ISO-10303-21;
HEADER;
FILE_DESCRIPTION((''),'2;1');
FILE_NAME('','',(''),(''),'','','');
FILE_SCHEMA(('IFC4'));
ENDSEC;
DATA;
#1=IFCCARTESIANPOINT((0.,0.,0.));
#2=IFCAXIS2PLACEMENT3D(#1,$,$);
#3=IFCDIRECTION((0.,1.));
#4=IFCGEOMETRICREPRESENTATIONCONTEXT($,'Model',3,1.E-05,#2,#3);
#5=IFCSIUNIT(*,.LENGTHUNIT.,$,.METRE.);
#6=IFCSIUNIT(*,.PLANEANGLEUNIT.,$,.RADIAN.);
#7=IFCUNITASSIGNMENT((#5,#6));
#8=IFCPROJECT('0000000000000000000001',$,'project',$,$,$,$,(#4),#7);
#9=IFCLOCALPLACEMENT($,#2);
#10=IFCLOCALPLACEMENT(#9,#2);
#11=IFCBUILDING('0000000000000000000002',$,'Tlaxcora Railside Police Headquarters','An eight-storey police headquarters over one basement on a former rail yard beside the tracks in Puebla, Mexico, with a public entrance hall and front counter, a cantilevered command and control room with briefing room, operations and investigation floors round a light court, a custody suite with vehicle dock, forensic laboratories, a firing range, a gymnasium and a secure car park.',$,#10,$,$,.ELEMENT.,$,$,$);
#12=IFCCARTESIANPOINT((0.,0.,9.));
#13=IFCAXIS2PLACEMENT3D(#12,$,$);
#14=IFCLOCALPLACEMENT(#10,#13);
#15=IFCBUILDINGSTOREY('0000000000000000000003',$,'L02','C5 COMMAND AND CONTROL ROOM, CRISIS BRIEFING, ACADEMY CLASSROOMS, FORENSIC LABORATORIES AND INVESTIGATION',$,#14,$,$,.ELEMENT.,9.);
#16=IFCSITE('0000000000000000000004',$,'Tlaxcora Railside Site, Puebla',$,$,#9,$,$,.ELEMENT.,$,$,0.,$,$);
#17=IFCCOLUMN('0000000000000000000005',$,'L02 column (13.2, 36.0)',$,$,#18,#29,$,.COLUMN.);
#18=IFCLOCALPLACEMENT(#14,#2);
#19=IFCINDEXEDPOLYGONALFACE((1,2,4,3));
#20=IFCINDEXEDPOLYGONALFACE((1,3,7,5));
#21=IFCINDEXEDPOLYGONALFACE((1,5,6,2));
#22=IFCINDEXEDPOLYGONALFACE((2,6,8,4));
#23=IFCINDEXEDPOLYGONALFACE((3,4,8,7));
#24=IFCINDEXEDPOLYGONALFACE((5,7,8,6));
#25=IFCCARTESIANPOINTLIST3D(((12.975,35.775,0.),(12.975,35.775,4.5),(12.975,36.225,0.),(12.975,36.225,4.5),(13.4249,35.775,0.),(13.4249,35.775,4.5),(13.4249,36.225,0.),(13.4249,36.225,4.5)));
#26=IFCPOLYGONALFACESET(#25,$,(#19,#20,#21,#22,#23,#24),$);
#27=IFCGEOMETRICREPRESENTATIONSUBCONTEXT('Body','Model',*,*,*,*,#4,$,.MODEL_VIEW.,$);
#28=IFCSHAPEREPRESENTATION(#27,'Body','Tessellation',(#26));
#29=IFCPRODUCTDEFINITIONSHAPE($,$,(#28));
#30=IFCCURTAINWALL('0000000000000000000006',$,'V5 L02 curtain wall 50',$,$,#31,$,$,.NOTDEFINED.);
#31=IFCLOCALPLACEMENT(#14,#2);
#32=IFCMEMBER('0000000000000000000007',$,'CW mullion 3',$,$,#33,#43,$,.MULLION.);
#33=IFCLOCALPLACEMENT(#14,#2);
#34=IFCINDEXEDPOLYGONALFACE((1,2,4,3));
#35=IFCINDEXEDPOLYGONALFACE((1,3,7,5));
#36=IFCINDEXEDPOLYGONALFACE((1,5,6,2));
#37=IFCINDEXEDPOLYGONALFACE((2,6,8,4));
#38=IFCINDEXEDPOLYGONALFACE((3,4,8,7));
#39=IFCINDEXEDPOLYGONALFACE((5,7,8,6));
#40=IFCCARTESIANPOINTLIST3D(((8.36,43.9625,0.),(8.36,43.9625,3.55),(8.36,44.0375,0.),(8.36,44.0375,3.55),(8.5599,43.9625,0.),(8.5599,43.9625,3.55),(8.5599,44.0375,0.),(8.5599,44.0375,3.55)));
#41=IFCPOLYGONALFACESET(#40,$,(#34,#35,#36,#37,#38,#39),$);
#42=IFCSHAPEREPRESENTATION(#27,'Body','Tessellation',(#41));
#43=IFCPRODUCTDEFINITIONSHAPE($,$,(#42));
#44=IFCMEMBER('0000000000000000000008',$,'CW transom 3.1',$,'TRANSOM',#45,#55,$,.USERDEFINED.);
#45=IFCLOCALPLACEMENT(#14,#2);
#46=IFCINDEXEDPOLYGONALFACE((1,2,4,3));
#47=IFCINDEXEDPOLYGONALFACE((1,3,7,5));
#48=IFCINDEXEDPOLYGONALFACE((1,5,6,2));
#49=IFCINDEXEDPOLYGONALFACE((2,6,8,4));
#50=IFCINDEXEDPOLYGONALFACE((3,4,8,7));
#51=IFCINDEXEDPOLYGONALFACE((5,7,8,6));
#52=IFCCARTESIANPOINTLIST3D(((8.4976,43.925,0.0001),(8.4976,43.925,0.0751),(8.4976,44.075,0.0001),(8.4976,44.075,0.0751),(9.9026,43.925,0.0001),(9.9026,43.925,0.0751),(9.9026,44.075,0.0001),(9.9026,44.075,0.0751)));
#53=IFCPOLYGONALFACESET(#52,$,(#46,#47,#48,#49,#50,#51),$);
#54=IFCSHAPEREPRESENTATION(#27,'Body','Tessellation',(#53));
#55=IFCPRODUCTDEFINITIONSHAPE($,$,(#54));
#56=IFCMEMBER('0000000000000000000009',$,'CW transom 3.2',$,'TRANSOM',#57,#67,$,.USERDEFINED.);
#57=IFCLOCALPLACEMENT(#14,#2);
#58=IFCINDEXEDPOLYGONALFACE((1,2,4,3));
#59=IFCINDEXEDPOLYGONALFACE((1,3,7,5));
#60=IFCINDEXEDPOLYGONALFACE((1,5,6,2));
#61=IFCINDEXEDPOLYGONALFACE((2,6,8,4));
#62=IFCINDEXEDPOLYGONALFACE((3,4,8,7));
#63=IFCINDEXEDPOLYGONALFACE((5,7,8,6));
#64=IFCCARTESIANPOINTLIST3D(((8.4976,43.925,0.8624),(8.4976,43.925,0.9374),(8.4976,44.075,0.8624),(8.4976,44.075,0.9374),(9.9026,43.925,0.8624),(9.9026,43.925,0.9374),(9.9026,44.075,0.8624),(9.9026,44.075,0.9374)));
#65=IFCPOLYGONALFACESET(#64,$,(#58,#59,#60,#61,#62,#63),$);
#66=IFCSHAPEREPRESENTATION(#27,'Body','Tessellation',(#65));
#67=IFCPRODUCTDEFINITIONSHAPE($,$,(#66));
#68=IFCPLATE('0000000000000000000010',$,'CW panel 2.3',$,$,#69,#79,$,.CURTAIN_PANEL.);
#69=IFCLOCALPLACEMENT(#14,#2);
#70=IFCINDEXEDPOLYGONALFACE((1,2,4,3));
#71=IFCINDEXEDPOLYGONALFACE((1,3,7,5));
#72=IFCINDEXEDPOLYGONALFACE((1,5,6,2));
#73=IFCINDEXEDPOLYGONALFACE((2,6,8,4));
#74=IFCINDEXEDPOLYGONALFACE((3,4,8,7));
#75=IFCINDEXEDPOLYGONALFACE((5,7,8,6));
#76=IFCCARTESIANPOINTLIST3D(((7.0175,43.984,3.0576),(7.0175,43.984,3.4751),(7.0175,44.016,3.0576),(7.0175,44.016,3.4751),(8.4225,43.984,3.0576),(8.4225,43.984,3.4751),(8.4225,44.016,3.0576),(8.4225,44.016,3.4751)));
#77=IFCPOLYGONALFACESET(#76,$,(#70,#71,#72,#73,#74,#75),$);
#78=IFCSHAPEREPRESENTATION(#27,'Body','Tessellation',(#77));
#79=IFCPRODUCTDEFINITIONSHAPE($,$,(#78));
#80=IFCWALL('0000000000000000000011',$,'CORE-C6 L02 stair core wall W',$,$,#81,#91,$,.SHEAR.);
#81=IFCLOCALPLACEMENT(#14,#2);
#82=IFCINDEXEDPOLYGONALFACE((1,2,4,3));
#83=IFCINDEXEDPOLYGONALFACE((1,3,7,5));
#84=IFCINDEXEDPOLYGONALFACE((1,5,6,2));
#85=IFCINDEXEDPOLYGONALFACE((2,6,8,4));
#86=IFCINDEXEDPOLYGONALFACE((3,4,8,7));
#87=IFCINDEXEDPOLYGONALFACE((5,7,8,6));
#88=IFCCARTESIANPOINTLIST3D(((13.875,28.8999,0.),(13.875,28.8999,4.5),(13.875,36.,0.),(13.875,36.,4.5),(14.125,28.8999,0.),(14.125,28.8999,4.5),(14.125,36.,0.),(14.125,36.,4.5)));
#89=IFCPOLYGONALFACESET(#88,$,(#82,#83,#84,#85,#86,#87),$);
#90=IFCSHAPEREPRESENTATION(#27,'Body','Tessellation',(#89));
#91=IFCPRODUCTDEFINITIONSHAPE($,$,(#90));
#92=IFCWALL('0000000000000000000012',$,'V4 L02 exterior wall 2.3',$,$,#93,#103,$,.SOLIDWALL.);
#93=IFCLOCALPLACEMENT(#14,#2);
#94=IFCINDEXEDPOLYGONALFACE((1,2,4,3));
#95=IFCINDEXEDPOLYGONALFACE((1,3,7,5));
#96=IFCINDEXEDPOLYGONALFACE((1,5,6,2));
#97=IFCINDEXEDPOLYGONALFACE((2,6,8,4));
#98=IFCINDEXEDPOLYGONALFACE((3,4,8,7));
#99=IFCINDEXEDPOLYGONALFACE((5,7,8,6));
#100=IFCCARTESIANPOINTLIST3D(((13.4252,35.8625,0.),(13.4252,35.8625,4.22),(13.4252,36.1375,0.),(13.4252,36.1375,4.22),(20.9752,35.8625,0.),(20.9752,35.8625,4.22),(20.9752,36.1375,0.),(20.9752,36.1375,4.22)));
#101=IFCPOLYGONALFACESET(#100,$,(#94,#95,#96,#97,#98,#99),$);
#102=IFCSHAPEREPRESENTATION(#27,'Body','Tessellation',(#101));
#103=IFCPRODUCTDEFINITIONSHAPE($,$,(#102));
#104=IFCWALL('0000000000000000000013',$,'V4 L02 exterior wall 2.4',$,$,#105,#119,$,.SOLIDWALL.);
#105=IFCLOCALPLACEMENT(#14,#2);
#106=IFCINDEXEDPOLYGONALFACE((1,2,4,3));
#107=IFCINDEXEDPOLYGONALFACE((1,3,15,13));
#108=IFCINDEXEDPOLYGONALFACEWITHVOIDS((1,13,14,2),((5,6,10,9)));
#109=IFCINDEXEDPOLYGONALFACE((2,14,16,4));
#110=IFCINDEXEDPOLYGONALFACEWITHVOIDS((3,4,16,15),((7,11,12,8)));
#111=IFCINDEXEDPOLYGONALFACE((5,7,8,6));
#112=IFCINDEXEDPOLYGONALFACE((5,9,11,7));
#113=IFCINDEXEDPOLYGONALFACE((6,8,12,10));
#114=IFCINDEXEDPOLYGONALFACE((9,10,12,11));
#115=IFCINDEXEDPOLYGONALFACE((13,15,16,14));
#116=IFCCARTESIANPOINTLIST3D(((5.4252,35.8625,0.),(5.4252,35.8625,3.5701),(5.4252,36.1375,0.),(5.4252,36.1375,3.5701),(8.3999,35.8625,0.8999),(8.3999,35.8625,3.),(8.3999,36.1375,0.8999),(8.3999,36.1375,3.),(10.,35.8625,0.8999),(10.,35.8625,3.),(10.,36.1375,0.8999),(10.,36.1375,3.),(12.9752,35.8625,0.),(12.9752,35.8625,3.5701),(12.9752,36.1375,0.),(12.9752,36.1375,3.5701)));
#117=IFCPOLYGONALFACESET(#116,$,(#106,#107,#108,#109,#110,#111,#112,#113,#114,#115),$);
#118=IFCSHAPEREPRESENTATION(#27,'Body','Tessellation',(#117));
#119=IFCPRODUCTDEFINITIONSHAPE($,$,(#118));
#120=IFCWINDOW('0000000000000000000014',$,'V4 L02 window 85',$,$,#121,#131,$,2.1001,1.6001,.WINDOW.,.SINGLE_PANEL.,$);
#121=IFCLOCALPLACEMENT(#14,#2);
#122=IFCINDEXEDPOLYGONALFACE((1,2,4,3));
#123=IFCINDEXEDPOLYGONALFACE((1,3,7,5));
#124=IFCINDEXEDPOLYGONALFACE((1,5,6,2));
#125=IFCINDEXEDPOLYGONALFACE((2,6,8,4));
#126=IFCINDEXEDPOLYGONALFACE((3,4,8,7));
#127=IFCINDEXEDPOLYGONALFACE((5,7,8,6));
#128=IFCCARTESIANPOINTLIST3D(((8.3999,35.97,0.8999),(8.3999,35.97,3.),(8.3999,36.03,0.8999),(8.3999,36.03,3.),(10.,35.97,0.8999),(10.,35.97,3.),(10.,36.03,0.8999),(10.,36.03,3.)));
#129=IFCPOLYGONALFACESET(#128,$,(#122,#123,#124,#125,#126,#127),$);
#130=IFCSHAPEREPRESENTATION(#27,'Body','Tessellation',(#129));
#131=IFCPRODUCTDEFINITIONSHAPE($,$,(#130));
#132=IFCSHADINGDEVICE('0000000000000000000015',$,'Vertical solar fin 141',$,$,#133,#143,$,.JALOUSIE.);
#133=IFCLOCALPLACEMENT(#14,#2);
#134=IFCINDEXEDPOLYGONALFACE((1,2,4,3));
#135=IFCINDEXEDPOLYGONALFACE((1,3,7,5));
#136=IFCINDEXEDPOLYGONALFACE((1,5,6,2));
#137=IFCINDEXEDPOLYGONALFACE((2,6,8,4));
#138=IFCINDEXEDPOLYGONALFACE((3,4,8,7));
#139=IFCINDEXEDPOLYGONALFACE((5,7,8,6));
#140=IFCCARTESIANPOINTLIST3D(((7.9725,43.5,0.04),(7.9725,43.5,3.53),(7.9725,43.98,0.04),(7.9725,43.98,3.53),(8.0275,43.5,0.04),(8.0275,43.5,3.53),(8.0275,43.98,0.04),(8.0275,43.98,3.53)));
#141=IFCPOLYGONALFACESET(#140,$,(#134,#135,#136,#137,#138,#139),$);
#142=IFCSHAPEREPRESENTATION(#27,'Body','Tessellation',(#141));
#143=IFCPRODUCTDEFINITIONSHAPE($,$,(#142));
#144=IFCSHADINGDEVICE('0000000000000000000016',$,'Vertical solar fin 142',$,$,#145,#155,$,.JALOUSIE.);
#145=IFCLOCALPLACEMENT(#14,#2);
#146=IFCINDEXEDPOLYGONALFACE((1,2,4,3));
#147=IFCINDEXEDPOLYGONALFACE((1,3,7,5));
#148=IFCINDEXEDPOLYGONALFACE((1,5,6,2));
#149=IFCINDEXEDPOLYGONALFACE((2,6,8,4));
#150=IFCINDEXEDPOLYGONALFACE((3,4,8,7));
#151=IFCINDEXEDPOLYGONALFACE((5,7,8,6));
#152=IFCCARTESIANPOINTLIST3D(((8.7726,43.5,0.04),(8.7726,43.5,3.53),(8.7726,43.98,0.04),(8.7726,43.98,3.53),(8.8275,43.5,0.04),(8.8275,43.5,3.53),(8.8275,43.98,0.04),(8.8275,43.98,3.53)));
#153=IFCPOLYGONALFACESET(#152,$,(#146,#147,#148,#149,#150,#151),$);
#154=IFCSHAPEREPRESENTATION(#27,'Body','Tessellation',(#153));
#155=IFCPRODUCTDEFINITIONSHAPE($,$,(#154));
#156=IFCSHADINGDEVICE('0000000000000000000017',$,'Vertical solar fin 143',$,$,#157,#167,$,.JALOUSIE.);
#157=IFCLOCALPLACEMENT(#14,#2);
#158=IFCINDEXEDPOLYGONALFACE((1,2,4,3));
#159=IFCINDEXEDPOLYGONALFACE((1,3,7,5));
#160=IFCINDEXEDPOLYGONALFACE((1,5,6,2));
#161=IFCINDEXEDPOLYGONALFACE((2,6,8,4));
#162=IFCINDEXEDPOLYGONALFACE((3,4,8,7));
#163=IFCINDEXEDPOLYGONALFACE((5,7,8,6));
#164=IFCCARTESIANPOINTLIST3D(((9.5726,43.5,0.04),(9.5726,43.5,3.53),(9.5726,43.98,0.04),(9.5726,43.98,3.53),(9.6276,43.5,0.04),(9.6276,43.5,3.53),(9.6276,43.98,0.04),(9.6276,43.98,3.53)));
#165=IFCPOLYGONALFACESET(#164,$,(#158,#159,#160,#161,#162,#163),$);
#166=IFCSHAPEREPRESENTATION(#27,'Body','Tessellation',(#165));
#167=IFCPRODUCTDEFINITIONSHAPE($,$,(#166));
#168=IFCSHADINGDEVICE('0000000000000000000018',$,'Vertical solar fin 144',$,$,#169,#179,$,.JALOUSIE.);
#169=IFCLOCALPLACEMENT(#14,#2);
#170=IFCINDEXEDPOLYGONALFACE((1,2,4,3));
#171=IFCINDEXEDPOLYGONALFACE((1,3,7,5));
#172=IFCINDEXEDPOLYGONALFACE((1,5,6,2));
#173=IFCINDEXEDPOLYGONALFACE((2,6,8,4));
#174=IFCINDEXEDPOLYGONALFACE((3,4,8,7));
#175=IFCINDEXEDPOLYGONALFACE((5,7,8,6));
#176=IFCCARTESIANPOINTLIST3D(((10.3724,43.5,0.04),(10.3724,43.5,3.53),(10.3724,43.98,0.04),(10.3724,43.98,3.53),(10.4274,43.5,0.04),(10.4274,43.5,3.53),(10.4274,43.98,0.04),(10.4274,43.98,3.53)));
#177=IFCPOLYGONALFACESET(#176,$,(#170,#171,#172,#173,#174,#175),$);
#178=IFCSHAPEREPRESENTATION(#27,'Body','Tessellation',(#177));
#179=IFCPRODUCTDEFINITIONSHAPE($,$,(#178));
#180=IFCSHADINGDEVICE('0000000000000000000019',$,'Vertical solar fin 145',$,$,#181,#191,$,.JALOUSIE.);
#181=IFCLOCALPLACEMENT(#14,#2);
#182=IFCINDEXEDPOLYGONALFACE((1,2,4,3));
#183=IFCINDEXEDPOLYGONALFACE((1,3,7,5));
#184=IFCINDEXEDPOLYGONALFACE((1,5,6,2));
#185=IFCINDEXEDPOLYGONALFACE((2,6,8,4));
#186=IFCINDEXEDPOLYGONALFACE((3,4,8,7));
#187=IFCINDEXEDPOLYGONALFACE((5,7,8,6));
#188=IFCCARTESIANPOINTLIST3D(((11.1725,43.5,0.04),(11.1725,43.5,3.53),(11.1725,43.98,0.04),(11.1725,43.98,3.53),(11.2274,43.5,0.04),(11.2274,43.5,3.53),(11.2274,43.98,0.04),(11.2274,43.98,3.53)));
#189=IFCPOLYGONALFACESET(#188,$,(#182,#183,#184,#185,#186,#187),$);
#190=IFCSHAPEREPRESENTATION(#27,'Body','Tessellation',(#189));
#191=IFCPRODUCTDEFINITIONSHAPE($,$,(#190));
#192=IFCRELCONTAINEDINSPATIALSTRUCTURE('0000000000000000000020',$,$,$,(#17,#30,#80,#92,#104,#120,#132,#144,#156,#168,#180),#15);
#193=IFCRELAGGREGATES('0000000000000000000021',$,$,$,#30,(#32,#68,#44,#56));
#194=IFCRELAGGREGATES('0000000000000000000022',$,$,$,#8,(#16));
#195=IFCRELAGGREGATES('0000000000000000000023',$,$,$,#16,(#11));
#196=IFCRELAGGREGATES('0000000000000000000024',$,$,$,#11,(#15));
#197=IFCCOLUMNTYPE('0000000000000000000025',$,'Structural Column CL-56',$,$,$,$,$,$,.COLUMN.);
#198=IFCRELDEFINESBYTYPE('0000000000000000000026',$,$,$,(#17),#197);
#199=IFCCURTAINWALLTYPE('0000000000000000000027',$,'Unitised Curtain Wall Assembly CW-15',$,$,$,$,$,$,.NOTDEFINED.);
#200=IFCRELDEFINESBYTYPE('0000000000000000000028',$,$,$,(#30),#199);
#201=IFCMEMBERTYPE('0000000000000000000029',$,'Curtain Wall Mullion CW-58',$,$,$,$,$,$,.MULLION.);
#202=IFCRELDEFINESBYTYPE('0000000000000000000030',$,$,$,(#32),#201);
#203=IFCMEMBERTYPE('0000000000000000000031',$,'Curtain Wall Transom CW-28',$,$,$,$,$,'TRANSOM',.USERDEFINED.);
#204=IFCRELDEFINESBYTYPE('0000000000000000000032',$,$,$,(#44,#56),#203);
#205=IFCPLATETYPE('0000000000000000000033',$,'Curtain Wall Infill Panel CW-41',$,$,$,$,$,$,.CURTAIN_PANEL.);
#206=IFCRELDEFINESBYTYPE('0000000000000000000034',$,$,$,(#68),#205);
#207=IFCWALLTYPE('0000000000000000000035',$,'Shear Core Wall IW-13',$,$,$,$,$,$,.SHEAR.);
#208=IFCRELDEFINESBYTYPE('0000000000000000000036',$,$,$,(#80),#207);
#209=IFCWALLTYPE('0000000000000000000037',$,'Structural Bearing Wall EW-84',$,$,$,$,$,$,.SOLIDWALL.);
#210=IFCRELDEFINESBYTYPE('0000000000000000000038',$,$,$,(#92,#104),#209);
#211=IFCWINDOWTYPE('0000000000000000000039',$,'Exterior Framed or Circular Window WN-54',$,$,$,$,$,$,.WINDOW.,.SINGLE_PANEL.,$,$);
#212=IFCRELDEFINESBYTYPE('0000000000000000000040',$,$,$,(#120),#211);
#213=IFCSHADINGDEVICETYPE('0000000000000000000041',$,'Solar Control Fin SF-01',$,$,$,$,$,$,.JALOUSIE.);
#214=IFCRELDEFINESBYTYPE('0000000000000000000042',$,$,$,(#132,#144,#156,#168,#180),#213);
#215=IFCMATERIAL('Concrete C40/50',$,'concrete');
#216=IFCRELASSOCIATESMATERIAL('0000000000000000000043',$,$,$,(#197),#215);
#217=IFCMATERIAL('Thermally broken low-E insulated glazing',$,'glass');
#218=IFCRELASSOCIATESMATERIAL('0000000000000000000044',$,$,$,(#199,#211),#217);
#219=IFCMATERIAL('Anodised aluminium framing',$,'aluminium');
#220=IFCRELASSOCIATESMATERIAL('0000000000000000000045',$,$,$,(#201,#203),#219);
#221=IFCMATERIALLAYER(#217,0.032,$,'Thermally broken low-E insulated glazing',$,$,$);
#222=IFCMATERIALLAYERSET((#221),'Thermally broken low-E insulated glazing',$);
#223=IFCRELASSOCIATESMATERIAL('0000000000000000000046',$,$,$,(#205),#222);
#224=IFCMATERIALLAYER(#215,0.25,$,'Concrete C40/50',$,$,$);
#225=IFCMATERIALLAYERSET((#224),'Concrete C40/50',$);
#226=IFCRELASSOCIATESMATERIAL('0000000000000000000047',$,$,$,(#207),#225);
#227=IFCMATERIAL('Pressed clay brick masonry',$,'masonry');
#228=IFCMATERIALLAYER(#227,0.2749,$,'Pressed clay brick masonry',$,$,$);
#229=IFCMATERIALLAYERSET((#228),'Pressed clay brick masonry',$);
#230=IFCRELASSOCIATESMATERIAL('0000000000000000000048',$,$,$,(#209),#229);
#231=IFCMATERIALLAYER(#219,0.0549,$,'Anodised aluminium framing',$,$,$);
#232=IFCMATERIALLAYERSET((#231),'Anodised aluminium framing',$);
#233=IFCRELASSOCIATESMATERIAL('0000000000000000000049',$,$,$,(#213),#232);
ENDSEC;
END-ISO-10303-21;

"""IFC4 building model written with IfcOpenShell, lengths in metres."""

from ifc_helpers import new_model, si_unit, direction, frame, frame_2d, origin, origin_2d, place, context, subcontext, project, spatial, rectangle, extrude, material, layer, layer_set, material_profile, profile_set, type_object, element, fill, aggregate, save


model = new_model("IFC4")

# Units and contexts
model_context = context("Model", 3, precision=1e-05, world=origin(), true_north=direction((0.0, 1.0)))
body_context = subcontext(model_context, "Body", "Model", "MODEL_VIEW")
ifc_project = project(units=[si_unit("LENGTHUNIT", "METRE"), si_unit("PLANEANGLEUNIT", "RADIAN")], contexts=[model_context])

# Site, building, storey
site_placement = place(None, origin())
site = spatial("IfcSite", under=ifc_project, at=site_placement, Name="Tlaxcora Railside Site, Puebla", CompositionType="ELEMENT", RefElevation=0.0)
building_placement = place(site_placement, origin())
building = spatial("IfcBuilding", under=site, at=building_placement, Name="Tlaxcora Railside Police Headquarters", Description="An eight-storey police headquarters over one basement on a former rail yard beside the tracks in Puebla, Mexico, with a public entrance hall and front counter, a cantilevered command and control room with briefing room, operations and investigation floors round a light court, a custody suite with vehicle dock, forensic laboratories, a firing range, a gymnasium and a secure car park.", CompositionType="ELEMENT")
storey_placement = place(building_placement, frame((0.0, 0.0, 9.0)))
storey = spatial("IfcBuildingStorey", under=building, at=storey_placement, Name="L02", Description="C5 COMMAND AND CONTROL ROOM, CRISIS BRIEFING, ACADEMY CLASSROOMS, FORENSIC LABORATORIES AND INVESTIGATION", CompositionType="ELEMENT", Elevation=9.0)

# Column
ifc_material_1 = material(Name="Concrete C40/50", Category="concrete")
ifc_material_profile_1 = material_profile(ifc_material_1, rectangle(XDim=0.45, YDim=0.45, at=origin_2d()), Name="RC450X450")
ifc_profile_set_1 = profile_set([ifc_material_profile_1], Name="Concrete C40/50")
column_type = type_object("IfcColumnType", Name="Structural Column CL-56", PredefinedType="COLUMN", material=ifc_profile_set_1)
column_placement = place(storey_placement, frame((13.2, 36.0, 0.0), z_axis=(0.0, 0.0, 1.0), x_axis=(1.0, 0.0, 0.0)))
element("IfcColumn", 1, at=column_placement, inside=storey, type_object=column_type, Name="L02 column (13.2, 36.0)", PredefinedType="COLUMN", context=body_context, shape_type="SweptSolid", body=[
    extrude(rectangle(XDim=0.45, YDim=0.45, at=origin_2d()), origin(), (0.0, 0.0, 1.0), 4.5),
])

# Curtain wall, members, plate
ifc_material_2 = material(Name="Thermally broken low-E insulated glazing", Category="glass")
curtain_wall_type = type_object("IfcCurtainWallType", Name="Unitised Curtain Wall Assembly CW-15", PredefinedType="NOTDEFINED", material=ifc_material_2)
curtain_wall_placement = place(storey_placement, origin())
curtain_wall = element("IfcCurtainWall", 2, at=curtain_wall_placement, inside=storey, type_object=curtain_wall_type, Name="V5 L02 curtain wall 50", PredefinedType="NOTDEFINED")
ifc_material_3 = material(Name="Anodised aluminium framing", Category="aluminium")
ifc_material_profile_2 = material_profile(ifc_material_3, rectangle(XDim=0.075, YDim=0.2, at=origin_2d()), Name="AL75X200")
ifc_profile_set_2 = profile_set([ifc_material_profile_2], Name="Anodised aluminium framing")
member_type_1 = type_object("IfcMemberType", Name="Curtain Wall Mullion CW-58", PredefinedType="MULLION", material=ifc_profile_set_2)
member_1_placement = place(storey_placement, frame((8.46, 44.0, 0.0), z_axis=(0.0, 0.0, 1.0), x_axis=(0.0, 1.0, 0.0)))
member_1 = element("IfcMember", 3, at=member_1_placement, type_object=member_type_1, Name="CW mullion 3", PredefinedType="MULLION", context=body_context, shape_type="SweptSolid", body=[
    extrude(rectangle(XDim=0.075, YDim=0.2, at=origin_2d()), origin(), (0.0, 0.0, 1.0), 3.55),
])
ifc_material_profile_3 = material_profile(ifc_material_3, rectangle(XDim=0.1499, YDim=0.075, at=origin_2d()), Name="AL75X150")
ifc_profile_set_3 = profile_set([ifc_material_profile_3], Name="Anodised aluminium framing")
member_type_2 = type_object("IfcMemberType", Name="Curtain Wall Transom CW-28", ElementType="TRANSOM", PredefinedType="USERDEFINED", material=ifc_profile_set_3)
member_2_placement = place(storey_placement, frame((8.4976, 44.0, 0.0376), z_axis=(1.0, 0.0, 0.0), x_axis=(0.0, 1.0, 0.0)))
member_2 = element("IfcMember", 4, at=member_2_placement, type_object=member_type_2, Name="CW transom 3.1", ObjectType="TRANSOM", PredefinedType="USERDEFINED", context=body_context, shape_type="SweptSolid", body=[
    extrude(rectangle(XDim=0.1499, YDim=0.075, at=origin_2d()), origin(), (0.0, 0.0, 1.0), 1.405),
])
member_3_placement = place(storey_placement, frame((8.4976, 44.0, 0.8999), z_axis=(1.0, 0.0, 0.0), x_axis=(0.0, 1.0, 0.0)))
member_3 = element("IfcMember", 5, at=member_3_placement, type_object=member_type_2, Name="CW transom 3.2", ObjectType="TRANSOM", PredefinedType="USERDEFINED", context=body_context, shape_type="SweptSolid", body=[
    extrude(rectangle(XDim=0.1499, YDim=0.075, at=origin_2d()), origin(), (0.0, 0.0, 1.0), 1.405),
])
ifc_layer_1 = layer(ifc_material_2, 0.032, Name="Thermally broken low-E insulated glazing")
ifc_layer_set_1 = layer_set([ifc_layer_1], Name="Thermally broken low-E insulated glazing")
plate_type = type_object("IfcPlateType", Name="Curtain Wall Infill Panel CW-41", PredefinedType="CURTAIN_PANEL", material=ifc_layer_set_1)
plate_placement = place(storey_placement, frame((7.72, 44.0, 3.0576), z_axis=(0.0, 0.0, 1.0), x_axis=(1.0, 0.0, 0.0)))
plate = element("IfcPlate", 6, at=plate_placement, type_object=plate_type, Name="CW panel 2.3", PredefinedType="CURTAIN_PANEL", context=body_context, shape_type="SweptSolid", body=[
    extrude(rectangle(XDim=1.405, YDim=0.032, at=origin_2d()), origin(), (0.0, 0.0, 1.0), 0.4175),
])
aggregate(curtain_wall, [member_1, plate, member_2, member_3])

# Walls
ifc_layer_2 = layer(ifc_material_1, 0.25, Name="Concrete C40/50")
ifc_layer_set_2 = layer_set([ifc_layer_2], Name="Concrete C40/50")
wall_type_1 = type_object("IfcWallType", Name="Shear Core Wall IW-13", PredefinedType="SHEAR", material=ifc_layer_set_2)
wall_1_placement = place(storey_placement, frame((14.0, 36.0, 0.0), z_axis=(0.0, 0.0, 1.0), x_axis=(0.0, -1.0, 0.0)))
element("IfcWall", 7, at=wall_1_placement, inside=storey, type_object=wall_type_1, Name="CORE-C6 L02 stair core wall W", PredefinedType="SHEAR", context=body_context, shape_type="SweptSolid", body=[
    extrude(rectangle(XDim=7.1001, YDim=0.25, at=frame_2d((3.55, 0.0))), origin(), (0.0, 0.0, 1.0), 4.5),
])
ifc_material_4 = material(Name="Pressed clay brick masonry", Category="masonry")
ifc_layer_3 = layer(ifc_material_4, 0.2749, Name="Pressed clay brick masonry")
ifc_layer_set_3 = layer_set([ifc_layer_3], Name="Pressed clay brick masonry")
wall_type_2 = type_object("IfcWallType", Name="Structural Bearing Wall EW-84", PredefinedType="SOLIDWALL", material=ifc_layer_set_3)
wall_2_placement = place(storey_placement, frame((20.9751, 36.0, 0.0), z_axis=(0.0, 0.0, 1.0), x_axis=(-1.0, 0.0, 0.0)))
element("IfcWall", 8, at=wall_2_placement, inside=storey, type_object=wall_type_2, Name="V4 L02 exterior wall 2.3", PredefinedType="SOLIDWALL", context=body_context, shape_type="SweptSolid", body=[
    extrude(rectangle(XDim=7.55, YDim=0.2749, at=frame_2d((3.7749, 0.0))), origin(), (0.0, 0.0, 1.0), 4.22),
])

# Wall, opening, window
wall_3_placement = place(storey_placement, frame((12.9751, 36.0, 0.0), z_axis=(0.0, 0.0, 1.0), x_axis=(-1.0, 0.0, 0.0)))
wall_3 = element("IfcWall", 9, at=wall_3_placement, inside=storey, type_object=wall_type_2, Name="V4 L02 exterior wall 2.4", PredefinedType="SOLIDWALL", context=body_context, shape_type="SweptSolid", body=[
    extrude(rectangle(XDim=7.55, YDim=0.2749, at=frame_2d((3.7749, 0.0))), origin(), (0.0, 0.0, 1.0), 3.5701),
])
opening_placement = place(wall_3_placement, frame((2.9751, 0.0, 0.8999)))
opening = element("IfcOpeningElement", 10, at=opening_placement, cuts=wall_3, PredefinedType="OPENING", context=body_context, shape_type="SweptSolid", body=[
    extrude(rectangle(XDim=1.6001, YDim=2.1001, at=frame_2d((0.8, 1.05))), frame((0.0, 0.1475, 0.0), z_axis=(0.0, -1.0, 0.0), x_axis=(1.0, 0.0, 0.0)), (0.0, 0.0, 1.0), 0.2949),
])
window_type = type_object("IfcWindowType", Name="Exterior Framed or Circular Window WN-54", PartitioningType="SINGLE_PANEL", PredefinedType="WINDOW", material=ifc_material_2)
window_placement = place(opening_placement, origin())
window = element("IfcWindow", 11, at=window_placement, inside=storey, type_object=window_type, Name="V4 L02 window 85", OverallHeight=2.1001, OverallWidth=1.6001, PartitioningType="SINGLE_PANEL", PredefinedType="WINDOW", context=body_context, shape_type="SweptSolid", body=[
    extrude(rectangle(XDim=1.6001, YDim=2.1001, at=frame_2d((0.8, 1.05))), frame((0.0, 0.03, 0.0), z_axis=(0.0, -1.0, 0.0), x_axis=(1.0, 0.0, 0.0)), (0.0, 0.0, 1.0), 0.0601),
])
fill(opening, window)

# Shading devices
ifc_layer_4 = layer(ifc_material_3, 0.0549, Name="Anodised aluminium framing")
ifc_layer_set_4 = layer_set([ifc_layer_4], Name="Anodised aluminium framing")
shading_device_type = type_object("IfcShadingDeviceType", Name="Solar Control Fin SF-01", PredefinedType="JALOUSIE", material=ifc_layer_set_4)
for number, where, z_axis, x_axis, name in (
    (12, (8.0, 43.74, 0.04), (0.0, 0.0, 1.0), (0.0, -1.0, 0.0), "Vertical solar fin 141"),
    (13, (8.8, 43.74, 0.04), (0.0, 0.0, 1.0), (0.0, -1.0, 0.0), "Vertical solar fin 142"),
    (14, (9.6001, 43.74, 0.04), (0.0, 0.0, 1.0), (0.0, -1.0, 0.0), "Vertical solar fin 143"),
    (15, (10.3999, 43.74, 0.04), (0.0, 0.0, 1.0), (0.0, -1.0, 0.0), "Vertical solar fin 144"),
    (16, (11.2, 43.74, 0.04), (0.0, 0.0, 1.0), (0.0, -1.0, 0.0), "Vertical solar fin 145"),
):
    element("IfcShadingDevice", number, at=place(storey_placement, frame(where, z_axis=z_axis, x_axis=x_axis)), inside=storey, type_object=shading_device_type, Name=name, PredefinedType="JALOUSIE", context=body_context, shape_type="SweptSolid", body=[
        extrude(rectangle(XDim=0.48, YDim=0.0549, at=origin_2d()), origin(), (0.0, 0.0, 1.0), 3.49),
    ])

save(model, "model.ifc")
